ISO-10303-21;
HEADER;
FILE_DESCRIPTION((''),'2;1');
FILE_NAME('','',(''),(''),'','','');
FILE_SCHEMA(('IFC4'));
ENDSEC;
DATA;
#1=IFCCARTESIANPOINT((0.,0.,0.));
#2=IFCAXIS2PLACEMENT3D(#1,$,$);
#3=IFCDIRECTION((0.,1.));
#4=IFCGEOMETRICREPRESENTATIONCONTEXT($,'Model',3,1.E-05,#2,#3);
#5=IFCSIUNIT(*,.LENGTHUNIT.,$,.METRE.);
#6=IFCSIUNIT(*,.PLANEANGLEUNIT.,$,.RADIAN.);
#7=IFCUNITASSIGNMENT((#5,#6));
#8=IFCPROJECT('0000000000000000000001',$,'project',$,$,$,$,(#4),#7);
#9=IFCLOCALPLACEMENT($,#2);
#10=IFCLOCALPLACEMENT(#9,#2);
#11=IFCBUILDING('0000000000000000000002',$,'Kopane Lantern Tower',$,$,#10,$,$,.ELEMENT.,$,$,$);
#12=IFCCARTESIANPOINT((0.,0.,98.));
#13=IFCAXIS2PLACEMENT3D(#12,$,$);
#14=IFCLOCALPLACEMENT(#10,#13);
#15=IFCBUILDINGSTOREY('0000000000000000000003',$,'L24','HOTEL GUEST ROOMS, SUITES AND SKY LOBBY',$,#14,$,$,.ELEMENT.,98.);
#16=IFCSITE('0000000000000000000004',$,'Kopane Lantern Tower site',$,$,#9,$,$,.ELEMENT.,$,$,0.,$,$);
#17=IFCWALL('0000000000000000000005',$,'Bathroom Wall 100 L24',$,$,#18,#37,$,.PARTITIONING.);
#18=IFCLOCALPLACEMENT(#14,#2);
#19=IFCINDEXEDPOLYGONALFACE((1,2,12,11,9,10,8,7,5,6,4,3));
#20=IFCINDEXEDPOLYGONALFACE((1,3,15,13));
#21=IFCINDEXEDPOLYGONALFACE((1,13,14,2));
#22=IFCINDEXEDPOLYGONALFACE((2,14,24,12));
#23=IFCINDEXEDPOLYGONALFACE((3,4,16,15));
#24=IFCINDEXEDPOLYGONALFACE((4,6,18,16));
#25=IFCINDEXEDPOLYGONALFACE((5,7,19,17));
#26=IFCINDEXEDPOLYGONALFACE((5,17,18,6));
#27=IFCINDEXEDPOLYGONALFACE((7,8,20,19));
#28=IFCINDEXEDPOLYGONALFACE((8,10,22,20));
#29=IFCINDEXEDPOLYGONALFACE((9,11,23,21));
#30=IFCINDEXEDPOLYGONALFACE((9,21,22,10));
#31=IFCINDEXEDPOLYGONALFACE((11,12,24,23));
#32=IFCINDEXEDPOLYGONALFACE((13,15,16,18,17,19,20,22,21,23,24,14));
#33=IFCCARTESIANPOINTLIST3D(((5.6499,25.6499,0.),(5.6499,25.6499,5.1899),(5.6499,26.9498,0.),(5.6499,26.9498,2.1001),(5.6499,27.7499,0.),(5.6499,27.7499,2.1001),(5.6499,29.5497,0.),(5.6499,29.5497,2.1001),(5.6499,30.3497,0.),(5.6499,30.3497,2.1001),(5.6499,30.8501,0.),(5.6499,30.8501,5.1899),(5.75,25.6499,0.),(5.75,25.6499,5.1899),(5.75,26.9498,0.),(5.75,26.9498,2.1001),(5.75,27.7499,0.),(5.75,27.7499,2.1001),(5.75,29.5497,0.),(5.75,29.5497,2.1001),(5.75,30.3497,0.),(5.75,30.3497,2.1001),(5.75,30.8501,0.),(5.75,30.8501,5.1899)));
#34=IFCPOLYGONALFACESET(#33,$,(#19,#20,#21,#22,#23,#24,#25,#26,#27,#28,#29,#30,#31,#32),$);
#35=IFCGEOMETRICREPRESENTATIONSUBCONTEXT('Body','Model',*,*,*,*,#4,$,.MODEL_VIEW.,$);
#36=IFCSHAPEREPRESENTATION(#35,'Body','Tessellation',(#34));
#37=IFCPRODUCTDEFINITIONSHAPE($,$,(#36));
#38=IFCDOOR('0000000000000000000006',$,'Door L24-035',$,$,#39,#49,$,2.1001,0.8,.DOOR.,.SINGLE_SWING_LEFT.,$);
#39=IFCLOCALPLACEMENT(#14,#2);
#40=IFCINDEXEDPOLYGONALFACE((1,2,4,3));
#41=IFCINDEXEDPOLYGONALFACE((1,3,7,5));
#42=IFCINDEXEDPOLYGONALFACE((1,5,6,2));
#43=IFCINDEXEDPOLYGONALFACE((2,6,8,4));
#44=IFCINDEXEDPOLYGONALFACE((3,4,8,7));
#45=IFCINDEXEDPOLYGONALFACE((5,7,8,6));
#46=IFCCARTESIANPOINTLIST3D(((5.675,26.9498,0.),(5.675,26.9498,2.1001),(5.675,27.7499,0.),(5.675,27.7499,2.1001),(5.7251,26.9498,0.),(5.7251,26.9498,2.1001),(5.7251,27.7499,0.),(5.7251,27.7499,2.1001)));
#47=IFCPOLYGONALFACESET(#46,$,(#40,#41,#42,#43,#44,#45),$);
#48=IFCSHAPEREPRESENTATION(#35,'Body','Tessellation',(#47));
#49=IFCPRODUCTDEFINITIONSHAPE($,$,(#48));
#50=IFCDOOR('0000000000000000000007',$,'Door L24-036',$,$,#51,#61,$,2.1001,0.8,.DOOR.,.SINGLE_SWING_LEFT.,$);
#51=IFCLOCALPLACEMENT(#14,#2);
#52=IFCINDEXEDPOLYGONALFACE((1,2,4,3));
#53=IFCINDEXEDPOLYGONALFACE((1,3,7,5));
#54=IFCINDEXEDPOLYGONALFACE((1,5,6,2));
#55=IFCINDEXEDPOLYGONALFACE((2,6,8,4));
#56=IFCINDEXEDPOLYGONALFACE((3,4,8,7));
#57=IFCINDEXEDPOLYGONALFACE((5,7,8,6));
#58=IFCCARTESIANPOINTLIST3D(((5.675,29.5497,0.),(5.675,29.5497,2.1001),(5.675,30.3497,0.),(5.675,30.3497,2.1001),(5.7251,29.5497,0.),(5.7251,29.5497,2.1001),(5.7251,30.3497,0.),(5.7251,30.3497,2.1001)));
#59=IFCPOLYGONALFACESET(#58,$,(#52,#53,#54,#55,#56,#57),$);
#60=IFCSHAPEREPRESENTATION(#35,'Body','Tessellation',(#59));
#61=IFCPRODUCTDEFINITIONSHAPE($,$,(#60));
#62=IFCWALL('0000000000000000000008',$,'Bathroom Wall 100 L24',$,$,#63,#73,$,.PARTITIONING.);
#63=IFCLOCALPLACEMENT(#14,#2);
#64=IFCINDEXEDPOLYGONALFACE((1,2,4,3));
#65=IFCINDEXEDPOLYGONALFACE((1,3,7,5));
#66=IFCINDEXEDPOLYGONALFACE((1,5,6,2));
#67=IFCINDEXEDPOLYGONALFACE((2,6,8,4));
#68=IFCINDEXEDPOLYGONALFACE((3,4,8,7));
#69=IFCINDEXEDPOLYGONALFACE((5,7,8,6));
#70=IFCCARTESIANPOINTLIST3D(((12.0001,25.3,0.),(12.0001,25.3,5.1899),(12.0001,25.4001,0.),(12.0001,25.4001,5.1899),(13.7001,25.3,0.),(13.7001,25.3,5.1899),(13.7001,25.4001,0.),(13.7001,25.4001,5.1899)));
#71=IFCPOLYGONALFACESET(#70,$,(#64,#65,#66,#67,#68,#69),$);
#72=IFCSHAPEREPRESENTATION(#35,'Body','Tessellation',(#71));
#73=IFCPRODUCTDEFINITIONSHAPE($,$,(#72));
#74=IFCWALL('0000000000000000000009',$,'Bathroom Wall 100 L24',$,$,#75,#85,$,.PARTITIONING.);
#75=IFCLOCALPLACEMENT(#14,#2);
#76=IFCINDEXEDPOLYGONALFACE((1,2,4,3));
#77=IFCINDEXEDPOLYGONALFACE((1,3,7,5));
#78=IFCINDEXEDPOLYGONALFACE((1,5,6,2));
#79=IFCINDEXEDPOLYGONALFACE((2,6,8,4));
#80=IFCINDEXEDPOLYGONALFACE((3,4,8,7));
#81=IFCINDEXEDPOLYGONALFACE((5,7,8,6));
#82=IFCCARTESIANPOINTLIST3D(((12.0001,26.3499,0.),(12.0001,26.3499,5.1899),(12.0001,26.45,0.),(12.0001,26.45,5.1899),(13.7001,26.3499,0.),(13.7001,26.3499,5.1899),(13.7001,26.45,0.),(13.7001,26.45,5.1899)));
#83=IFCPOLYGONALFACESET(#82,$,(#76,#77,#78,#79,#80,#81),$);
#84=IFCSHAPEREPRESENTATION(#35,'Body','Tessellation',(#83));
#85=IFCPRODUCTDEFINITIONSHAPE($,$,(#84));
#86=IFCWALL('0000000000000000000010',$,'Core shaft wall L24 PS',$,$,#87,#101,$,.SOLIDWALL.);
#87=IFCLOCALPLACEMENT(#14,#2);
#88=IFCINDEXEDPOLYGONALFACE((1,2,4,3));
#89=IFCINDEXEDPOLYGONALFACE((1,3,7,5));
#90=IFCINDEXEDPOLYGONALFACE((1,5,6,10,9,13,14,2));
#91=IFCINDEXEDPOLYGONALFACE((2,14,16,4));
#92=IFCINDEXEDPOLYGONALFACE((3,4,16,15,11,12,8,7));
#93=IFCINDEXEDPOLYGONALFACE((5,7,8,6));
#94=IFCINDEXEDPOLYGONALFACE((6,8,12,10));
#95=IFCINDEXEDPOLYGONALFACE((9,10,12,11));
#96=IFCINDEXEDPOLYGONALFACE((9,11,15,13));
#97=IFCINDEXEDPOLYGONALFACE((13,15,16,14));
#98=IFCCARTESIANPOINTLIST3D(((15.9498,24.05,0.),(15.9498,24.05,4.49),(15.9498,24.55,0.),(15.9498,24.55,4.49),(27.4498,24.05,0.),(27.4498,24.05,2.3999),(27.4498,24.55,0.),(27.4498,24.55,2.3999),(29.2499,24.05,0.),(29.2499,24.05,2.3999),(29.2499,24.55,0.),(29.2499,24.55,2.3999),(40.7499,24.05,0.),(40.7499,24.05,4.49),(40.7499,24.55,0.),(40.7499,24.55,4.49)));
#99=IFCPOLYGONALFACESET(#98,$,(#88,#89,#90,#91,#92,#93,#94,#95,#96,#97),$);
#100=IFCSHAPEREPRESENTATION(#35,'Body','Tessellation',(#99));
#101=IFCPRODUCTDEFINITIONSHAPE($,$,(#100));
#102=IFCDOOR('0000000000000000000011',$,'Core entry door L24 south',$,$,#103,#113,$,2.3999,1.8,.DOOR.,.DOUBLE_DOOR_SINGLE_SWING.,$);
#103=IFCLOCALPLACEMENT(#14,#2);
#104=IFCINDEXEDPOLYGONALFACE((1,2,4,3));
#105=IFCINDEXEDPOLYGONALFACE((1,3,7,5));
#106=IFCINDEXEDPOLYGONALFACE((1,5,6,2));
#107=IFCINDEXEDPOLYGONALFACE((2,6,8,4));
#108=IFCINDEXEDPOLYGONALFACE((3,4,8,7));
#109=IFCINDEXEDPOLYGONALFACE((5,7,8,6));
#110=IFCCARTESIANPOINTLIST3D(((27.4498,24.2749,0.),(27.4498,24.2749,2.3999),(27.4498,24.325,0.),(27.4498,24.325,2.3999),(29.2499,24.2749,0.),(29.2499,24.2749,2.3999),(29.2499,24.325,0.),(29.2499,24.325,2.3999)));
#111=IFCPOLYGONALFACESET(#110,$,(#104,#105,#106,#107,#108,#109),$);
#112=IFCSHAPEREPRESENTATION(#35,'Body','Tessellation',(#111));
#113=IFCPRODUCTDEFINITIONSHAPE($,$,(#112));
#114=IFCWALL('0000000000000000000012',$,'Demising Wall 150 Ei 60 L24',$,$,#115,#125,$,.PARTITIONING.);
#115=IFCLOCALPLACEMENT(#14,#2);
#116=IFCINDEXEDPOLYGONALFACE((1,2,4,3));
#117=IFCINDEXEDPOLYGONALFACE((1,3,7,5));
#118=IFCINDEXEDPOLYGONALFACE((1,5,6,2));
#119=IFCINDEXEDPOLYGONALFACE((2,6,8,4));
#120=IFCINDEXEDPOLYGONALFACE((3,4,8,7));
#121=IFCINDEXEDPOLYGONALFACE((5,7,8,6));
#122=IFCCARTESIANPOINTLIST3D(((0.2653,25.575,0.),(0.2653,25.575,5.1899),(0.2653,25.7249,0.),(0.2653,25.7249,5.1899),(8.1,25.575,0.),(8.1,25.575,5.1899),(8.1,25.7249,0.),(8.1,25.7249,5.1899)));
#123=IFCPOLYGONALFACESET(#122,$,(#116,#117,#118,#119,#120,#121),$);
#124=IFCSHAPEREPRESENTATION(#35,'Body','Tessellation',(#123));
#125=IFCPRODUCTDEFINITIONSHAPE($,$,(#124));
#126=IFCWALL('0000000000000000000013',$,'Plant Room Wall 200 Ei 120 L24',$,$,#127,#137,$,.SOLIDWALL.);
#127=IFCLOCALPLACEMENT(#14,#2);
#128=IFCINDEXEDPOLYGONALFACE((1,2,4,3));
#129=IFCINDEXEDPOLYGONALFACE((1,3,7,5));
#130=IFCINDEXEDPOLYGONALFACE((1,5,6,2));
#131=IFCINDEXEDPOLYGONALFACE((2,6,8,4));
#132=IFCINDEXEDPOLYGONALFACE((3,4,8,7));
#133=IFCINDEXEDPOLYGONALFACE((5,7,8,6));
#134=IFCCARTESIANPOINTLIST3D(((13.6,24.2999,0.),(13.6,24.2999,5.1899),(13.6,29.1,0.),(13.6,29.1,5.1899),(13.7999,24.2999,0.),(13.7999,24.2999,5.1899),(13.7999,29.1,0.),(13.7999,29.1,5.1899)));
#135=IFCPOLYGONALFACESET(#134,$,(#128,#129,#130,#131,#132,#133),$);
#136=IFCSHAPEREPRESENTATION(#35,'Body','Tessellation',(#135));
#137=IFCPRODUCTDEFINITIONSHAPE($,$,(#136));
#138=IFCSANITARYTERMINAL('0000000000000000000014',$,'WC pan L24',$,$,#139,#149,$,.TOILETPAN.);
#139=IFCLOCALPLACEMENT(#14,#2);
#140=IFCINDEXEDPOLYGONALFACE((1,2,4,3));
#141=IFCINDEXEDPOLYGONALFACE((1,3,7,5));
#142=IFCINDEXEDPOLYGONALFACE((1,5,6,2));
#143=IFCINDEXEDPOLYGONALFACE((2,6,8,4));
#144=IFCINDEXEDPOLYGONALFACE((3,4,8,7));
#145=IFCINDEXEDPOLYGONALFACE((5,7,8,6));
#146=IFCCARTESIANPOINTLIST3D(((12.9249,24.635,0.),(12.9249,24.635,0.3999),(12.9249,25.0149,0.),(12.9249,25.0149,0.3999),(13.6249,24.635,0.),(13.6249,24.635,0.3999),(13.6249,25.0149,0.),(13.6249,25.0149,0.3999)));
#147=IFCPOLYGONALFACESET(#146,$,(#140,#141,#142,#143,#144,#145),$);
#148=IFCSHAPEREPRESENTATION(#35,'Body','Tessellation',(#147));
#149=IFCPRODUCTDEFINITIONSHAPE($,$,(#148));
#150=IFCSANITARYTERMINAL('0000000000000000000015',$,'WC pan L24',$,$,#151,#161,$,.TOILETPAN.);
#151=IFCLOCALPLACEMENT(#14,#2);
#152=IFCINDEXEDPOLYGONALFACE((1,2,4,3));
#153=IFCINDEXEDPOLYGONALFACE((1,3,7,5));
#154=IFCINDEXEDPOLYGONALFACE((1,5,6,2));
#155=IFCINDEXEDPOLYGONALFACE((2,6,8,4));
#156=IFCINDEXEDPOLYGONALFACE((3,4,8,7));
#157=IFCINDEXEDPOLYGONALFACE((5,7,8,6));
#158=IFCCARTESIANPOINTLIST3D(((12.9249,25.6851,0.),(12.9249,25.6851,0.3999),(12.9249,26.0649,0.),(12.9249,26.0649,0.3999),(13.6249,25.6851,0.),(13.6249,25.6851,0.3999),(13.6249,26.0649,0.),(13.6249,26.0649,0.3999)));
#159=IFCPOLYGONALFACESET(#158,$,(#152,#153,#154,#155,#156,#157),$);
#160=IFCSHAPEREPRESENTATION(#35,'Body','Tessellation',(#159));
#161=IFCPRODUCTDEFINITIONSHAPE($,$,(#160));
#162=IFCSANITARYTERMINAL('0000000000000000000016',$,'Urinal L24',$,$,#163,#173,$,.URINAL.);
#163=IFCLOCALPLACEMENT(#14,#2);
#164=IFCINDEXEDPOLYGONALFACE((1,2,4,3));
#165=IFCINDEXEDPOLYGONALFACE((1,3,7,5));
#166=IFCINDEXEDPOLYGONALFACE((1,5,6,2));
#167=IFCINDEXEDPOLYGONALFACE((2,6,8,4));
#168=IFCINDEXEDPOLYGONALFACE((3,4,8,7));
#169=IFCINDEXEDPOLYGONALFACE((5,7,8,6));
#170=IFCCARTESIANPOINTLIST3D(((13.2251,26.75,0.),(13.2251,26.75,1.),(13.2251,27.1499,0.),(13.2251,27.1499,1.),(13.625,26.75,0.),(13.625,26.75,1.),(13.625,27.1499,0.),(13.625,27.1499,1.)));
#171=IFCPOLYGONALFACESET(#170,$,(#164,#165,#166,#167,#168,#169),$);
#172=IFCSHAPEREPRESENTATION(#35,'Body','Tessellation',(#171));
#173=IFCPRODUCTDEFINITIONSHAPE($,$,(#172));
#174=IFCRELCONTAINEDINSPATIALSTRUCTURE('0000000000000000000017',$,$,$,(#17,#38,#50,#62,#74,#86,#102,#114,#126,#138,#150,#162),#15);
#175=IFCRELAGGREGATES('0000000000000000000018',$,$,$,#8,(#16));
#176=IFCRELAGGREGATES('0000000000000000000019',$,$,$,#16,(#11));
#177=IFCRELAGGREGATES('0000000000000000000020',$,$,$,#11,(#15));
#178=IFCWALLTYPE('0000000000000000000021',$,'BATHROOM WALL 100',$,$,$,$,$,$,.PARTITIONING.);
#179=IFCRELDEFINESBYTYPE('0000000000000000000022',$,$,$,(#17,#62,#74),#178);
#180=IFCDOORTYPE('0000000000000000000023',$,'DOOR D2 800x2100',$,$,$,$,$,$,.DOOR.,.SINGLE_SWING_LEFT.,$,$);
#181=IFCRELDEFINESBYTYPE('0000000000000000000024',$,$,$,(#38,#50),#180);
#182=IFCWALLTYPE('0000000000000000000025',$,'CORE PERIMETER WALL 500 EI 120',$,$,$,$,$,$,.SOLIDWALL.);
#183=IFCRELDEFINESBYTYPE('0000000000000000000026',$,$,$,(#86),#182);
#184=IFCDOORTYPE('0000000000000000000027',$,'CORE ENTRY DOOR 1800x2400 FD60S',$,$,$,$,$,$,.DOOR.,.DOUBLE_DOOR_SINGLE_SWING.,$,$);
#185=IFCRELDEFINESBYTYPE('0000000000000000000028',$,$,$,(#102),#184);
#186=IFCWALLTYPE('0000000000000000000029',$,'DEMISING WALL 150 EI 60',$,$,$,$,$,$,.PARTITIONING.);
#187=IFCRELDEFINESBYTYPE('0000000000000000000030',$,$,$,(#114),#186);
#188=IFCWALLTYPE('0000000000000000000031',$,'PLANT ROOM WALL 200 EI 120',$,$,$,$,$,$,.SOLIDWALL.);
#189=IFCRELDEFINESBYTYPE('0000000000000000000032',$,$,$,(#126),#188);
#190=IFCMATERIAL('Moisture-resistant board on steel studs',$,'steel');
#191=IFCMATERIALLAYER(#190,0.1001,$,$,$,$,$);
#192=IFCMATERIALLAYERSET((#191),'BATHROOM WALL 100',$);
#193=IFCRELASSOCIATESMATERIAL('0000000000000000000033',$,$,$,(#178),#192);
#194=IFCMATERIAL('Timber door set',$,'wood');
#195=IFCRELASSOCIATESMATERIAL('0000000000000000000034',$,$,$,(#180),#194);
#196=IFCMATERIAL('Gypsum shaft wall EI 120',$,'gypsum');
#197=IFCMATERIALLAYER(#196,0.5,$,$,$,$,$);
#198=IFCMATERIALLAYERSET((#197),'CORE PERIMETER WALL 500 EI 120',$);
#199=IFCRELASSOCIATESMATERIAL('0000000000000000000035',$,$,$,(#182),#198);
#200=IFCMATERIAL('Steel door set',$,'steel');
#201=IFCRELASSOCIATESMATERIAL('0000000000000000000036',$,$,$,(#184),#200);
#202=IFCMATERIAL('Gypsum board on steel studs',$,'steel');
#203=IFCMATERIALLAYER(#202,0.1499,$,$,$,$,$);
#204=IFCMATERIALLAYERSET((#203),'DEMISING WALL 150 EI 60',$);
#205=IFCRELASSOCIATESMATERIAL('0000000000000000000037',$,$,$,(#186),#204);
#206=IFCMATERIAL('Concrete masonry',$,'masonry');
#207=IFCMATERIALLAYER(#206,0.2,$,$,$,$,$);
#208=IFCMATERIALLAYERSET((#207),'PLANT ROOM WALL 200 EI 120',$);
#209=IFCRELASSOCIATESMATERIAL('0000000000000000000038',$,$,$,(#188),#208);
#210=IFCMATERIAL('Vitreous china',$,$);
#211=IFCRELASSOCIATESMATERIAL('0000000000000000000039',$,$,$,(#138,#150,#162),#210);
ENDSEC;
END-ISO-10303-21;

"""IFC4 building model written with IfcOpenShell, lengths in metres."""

from ifc_helpers import new_model, si_unit, direction, frame, frame_2d, origin, origin_2d, place, context, subcontext, project, spatial, rectangle, extrude, material, layer, layer_set, type_object, element, fill, save


model = new_model("IFC4")

# Units and contexts
model_context = context("Model", 3, precision=1e-05, world=origin(), true_north=direction((0.0, 1.0)))
body_context = subcontext(model_context, "Body", "Model", "MODEL_VIEW")
ifc_project = project(units=[si_unit("LENGTHUNIT", "METRE"), si_unit("PLANEANGLEUNIT", "RADIAN")], contexts=[model_context])

# Site, building, storey
site_placement = place(None, origin())
site = spatial("IfcSite", under=ifc_project, at=site_placement, Name="Kopane Lantern Tower site", CompositionType="ELEMENT", RefElevation=0.0)
building_placement = place(site_placement, origin())
building = spatial("IfcBuilding", under=site, at=building_placement, Name="Kopane Lantern Tower", CompositionType="ELEMENT")
storey_placement = place(building_placement, frame((0.0, 0.0, 98.0)))
storey = spatial("IfcBuildingStorey", under=building, at=storey_placement, Name="L24", Description="HOTEL GUEST ROOMS, SUITES AND SKY LOBBY", CompositionType="ELEMENT", Elevation=98.0)

# Wall, openings, doors
ifc_material_1 = material(Name="Moisture-resistant board on steel studs", Category="steel")
ifc_layer_1 = layer(ifc_material_1, 0.1001)
ifc_layer_set_1 = layer_set([ifc_layer_1], Name="BATHROOM WALL 100")
wall_type_1 = type_object("IfcWallType", Name="BATHROOM WALL 100", PredefinedType="PARTITIONING", material=ifc_layer_set_1)
wall_1_placement = place(storey_placement, frame((5.7, 25.6499, 0.0), z_axis=(0.0, 0.0, 1.0), x_axis=(0.0, 1.0, 0.0)))
wall_1 = element("IfcWall", 1, at=wall_1_placement, inside=storey, type_object=wall_type_1, Name="Bathroom Wall 100 L24", PredefinedType="PARTITIONING", context=body_context, shape_type="SweptSolid", body=[
    extrude(rectangle(XDim=5.2002, YDim=0.1001, at=frame_2d((2.6001, 0.0))), origin(), (0.0, 0.0, 1.0), 5.1899),
])
opening_1_placement = place(wall_1_placement, frame((1.3, 0.0, 0.0)))
opening_1 = element("IfcOpeningElement", 2, at=opening_1_placement, cuts=wall_1, PredefinedType="OPENING", context=body_context, shape_type="SweptSolid", body=[
    extrude(rectangle(XDim=0.8, YDim=2.1001, at=frame_2d((0.3999, 1.05))), frame((0.0, 0.0601, 0.0), z_axis=(0.0, -1.0, 0.0), x_axis=(1.0, 0.0, 0.0)), (0.0, 0.0, 1.0), 0.1201),
])
opening_2_placement = place(wall_1_placement, frame((3.8999, 0.0, 0.0)))
opening_2 = element("IfcOpeningElement", 3, at=opening_2_placement, cuts=wall_1, PredefinedType="OPENING", context=body_context, shape_type="SweptSolid", body=[
    extrude(rectangle(XDim=0.8, YDim=2.1001, at=frame_2d((0.3999, 1.05))), frame((0.0, 0.0601, 0.0), z_axis=(0.0, -1.0, 0.0), x_axis=(1.0, 0.0, 0.0)), (0.0, 0.0, 1.0), 0.1201),
])
ifc_material_2 = material(Name="Timber door set", Category="wood")
door_type_1 = type_object("IfcDoorType", Name="DOOR D2 800x2100", OperationType="SINGLE_SWING_LEFT", PredefinedType="DOOR", material=ifc_material_2)
door_1_placement = place(opening_1_placement, origin())
door_1 = element("IfcDoor", 4, at=door_1_placement, inside=storey, type_object=door_type_1, Name="Door L24-035", OperationType="SINGLE_SWING_LEFT", OverallHeight=2.1001, OverallWidth=0.8, PredefinedType="DOOR", context=body_context, shape_type="SweptSolid", body=[
    extrude(rectangle(XDim=0.8, YDim=2.1001, at=frame_2d((0.3999, 1.05))), frame((0.0, 0.0249, 0.0), z_axis=(0.0, -1.0, 0.0), x_axis=(1.0, 0.0, 0.0)), (0.0, 0.0, 1.0), 0.05),
])
fill(opening_1, door_1)
door_2_placement = place(opening_2_placement, origin())
door_2 = element("IfcDoor", 5, at=door_2_placement, inside=storey, type_object=door_type_1, Name="Door L24-036", OperationType="SINGLE_SWING_LEFT", OverallHeight=2.1001, OverallWidth=0.8, PredefinedType="DOOR", context=body_context, shape_type="SweptSolid", body=[
    extrude(rectangle(XDim=0.8, YDim=2.1001, at=frame_2d((0.3999, 1.05))), frame((0.0, 0.0249, 0.0), z_axis=(0.0, -1.0, 0.0), x_axis=(1.0, 0.0, 0.0)), (0.0, 0.0, 1.0), 0.05),
])
fill(opening_2, door_2)

# Walls
for number, where, z_axis, x_axis, name in (
    (6, (12.0, 25.3501, 0.0), (0.0, 0.0, 1.0), (1.0, 0.0, 0.0), "Bathroom Wall 100 L24"),
    (7, (12.0, 26.3999, 0.0), (0.0, 0.0, 1.0), (1.0, 0.0, 0.0), "Bathroom Wall 100 L24"),
):
    element("IfcWall", number, at=place(storey_placement, frame(where, z_axis=z_axis, x_axis=x_axis)), inside=storey, type_object=wall_type_1, Name=name, PredefinedType="PARTITIONING", context=body_context, shape_type="SweptSolid", body=[
        extrude(rectangle(XDim=1.7, YDim=0.1001, at=frame_2d((0.8501, 0.0))), origin(), (0.0, 0.0, 1.0), 5.1899),
    ])

# Wall, opening, door
ifc_material_3 = material(Name="Gypsum shaft wall EI 120", Category="gypsum")
ifc_layer_2 = layer(ifc_material_3, 0.5)
ifc_layer_set_2 = layer_set([ifc_layer_2], Name="CORE PERIMETER WALL 500 EI 120")
wall_type_2 = type_object("IfcWallType", Name="CORE PERIMETER WALL 500 EI 120", PredefinedType="SOLIDWALL", material=ifc_layer_set_2)
wall_2_placement = place(storey_placement, frame((15.95, 24.3, 0.0), z_axis=(0.0, 0.0, 1.0), x_axis=(1.0, 0.0, 0.0)))
wall_2 = element("IfcWall", 8, at=wall_2_placement, inside=storey, type_object=wall_type_2, Name="Core shaft wall L24 PS", PredefinedType="SOLIDWALL", context=body_context, shape_type="SweptSolid", body=[
    extrude(rectangle(XDim=24.8, YDim=0.5, at=frame_2d((12.3999, 0.0))), origin(), (0.0, 0.0, 1.0), 4.49),
])
opening_3_placement = place(wall_2_placement, frame((11.5, 0.0, 0.0)))
opening_3 = element("IfcOpeningElement", 9, at=opening_3_placement, cuts=wall_2, PredefinedType="OPENING", context=body_context, shape_type="SweptSolid", body=[
    extrude(rectangle(XDim=1.8, YDim=2.3999, at=frame_2d((0.8999, 1.2))), frame((0.0, 0.26, 0.0), z_axis=(0.0, -1.0, 0.0), x_axis=(1.0, 0.0, 0.0)), (0.0, 0.0, 1.0), 0.52),
])
ifc_material_4 = material(Name="Steel door set", Category="steel")
door_type_2 = type_object("IfcDoorType", Name="CORE ENTRY DOOR 1800x2400 FD60S", OperationType="DOUBLE_DOOR_SINGLE_SWING", PredefinedType="DOOR", material=ifc_material_4)
door_3_placement = place(opening_3_placement, origin())
door_3 = element("IfcDoor", 10, at=door_3_placement, inside=storey, type_object=door_type_2, Name="Core entry door L24 south", OperationType="DOUBLE_DOOR_SINGLE_SWING", OverallHeight=2.3999, OverallWidth=1.8, PredefinedType="DOOR", context=body_context, shape_type="SweptSolid", body=[
    extrude(rectangle(XDim=1.8, YDim=2.3999, at=frame_2d((0.8999, 1.2))), frame((0.0, 0.0249, 0.0), z_axis=(0.0, -1.0, 0.0), x_axis=(1.0, 0.0, 0.0)), (0.0, 0.0, 1.0), 0.05),
])
fill(opening_3, door_3)

# Walls
ifc_material_5 = material(Name="Gypsum board on steel studs", Category="steel")
ifc_layer_3 = layer(ifc_material_5, 0.1499)
ifc_layer_set_3 = layer_set([ifc_layer_3], Name="DEMISING WALL 150 EI 60")
wall_type_3 = type_object("IfcWallType", Name="DEMISING WALL 150 EI 60", PredefinedType="PARTITIONING", material=ifc_layer_set_3)
wall_3_placement = place(storey_placement, frame((8.1001, 25.6499, 0.0), z_axis=(0.0, 0.0, 1.0), x_axis=(-1.0, 0.0, 0.0)))
element("IfcWall", 11, at=wall_3_placement, inside=storey, type_object=wall_type_3, Name="Demising Wall 150 Ei 60 L24", PredefinedType="PARTITIONING", context=body_context, shape_type="SweptSolid", body=[
    extrude(rectangle(XDim=7.8347, YDim=0.1499, at=frame_2d((3.9175, 0.0))), origin(), (0.0, 0.0, 1.0), 5.1899),
])
ifc_material_6 = material(Name="Concrete masonry", Category="masonry")
ifc_layer_4 = layer(ifc_material_6, 0.2)
ifc_layer_set_4 = layer_set([ifc_layer_4], Name="PLANT ROOM WALL 200 EI 120")
wall_type_4 = type_object("IfcWallType", Name="PLANT ROOM WALL 200 EI 120", PredefinedType="SOLIDWALL", material=ifc_layer_set_4)
wall_4_placement = place(storey_placement, frame((13.7, 24.3, 0.0), z_axis=(0.0, 0.0, 1.0), x_axis=(0.0, 1.0, 0.0)))
element("IfcWall", 12, at=wall_4_placement, inside=storey, type_object=wall_type_4, Name="Plant Room Wall 200 Ei 120 L24", PredefinedType="SOLIDWALL", context=body_context, shape_type="SweptSolid", body=[
    extrude(rectangle(XDim=4.8, YDim=0.2, at=frame_2d((2.3999, 0.0))), origin(), (0.0, 0.0, 1.0), 5.1899),
])

# Sanitary terminals
ifc_material_7 = material(Name="Vitreous china")
for number, where, z_axis, x_axis, name in (
    (13, (13.2749, 24.825, 0.0), (0.0, 0.0, 1.0), (1.0, 0.0, 0.0), "WC pan L24"),
    (14, (13.2749, 25.875, 0.0), (0.0, 0.0, 1.0), (1.0, 0.0, 0.0), "WC pan L24"),
):
    element("IfcSanitaryTerminal", number, at=place(storey_placement, frame(where, z_axis=z_axis, x_axis=x_axis)), inside=storey, material=ifc_material_7, Name=name, PredefinedType="TOILETPAN", context=body_context, shape_type="SweptSolid", body=[
        extrude(rectangle(XDim=0.7, YDim=0.3799, at=origin_2d()), origin(), (0.0, 0.0, 1.0), 0.3999),
    ])
for number, where, z_axis, x_axis, name in (
    (15, (13.425, 26.95, 0.0), (0.0, 0.0, 1.0), (1.0, 0.0, 0.0), "Urinal L24"),
):
    element("IfcSanitaryTerminal", number, at=place(storey_placement, frame(where, z_axis=z_axis, x_axis=x_axis)), inside=storey, material=ifc_material_7, Name=name, PredefinedType="URINAL", context=body_context, shape_type="SweptSolid", body=[
        extrude(rectangle(XDim=0.3999, YDim=0.3999, at=origin_2d()), origin(), (0.0, 0.0, 1.0), 1.0),
    ])

save(model, "model.ifc")
